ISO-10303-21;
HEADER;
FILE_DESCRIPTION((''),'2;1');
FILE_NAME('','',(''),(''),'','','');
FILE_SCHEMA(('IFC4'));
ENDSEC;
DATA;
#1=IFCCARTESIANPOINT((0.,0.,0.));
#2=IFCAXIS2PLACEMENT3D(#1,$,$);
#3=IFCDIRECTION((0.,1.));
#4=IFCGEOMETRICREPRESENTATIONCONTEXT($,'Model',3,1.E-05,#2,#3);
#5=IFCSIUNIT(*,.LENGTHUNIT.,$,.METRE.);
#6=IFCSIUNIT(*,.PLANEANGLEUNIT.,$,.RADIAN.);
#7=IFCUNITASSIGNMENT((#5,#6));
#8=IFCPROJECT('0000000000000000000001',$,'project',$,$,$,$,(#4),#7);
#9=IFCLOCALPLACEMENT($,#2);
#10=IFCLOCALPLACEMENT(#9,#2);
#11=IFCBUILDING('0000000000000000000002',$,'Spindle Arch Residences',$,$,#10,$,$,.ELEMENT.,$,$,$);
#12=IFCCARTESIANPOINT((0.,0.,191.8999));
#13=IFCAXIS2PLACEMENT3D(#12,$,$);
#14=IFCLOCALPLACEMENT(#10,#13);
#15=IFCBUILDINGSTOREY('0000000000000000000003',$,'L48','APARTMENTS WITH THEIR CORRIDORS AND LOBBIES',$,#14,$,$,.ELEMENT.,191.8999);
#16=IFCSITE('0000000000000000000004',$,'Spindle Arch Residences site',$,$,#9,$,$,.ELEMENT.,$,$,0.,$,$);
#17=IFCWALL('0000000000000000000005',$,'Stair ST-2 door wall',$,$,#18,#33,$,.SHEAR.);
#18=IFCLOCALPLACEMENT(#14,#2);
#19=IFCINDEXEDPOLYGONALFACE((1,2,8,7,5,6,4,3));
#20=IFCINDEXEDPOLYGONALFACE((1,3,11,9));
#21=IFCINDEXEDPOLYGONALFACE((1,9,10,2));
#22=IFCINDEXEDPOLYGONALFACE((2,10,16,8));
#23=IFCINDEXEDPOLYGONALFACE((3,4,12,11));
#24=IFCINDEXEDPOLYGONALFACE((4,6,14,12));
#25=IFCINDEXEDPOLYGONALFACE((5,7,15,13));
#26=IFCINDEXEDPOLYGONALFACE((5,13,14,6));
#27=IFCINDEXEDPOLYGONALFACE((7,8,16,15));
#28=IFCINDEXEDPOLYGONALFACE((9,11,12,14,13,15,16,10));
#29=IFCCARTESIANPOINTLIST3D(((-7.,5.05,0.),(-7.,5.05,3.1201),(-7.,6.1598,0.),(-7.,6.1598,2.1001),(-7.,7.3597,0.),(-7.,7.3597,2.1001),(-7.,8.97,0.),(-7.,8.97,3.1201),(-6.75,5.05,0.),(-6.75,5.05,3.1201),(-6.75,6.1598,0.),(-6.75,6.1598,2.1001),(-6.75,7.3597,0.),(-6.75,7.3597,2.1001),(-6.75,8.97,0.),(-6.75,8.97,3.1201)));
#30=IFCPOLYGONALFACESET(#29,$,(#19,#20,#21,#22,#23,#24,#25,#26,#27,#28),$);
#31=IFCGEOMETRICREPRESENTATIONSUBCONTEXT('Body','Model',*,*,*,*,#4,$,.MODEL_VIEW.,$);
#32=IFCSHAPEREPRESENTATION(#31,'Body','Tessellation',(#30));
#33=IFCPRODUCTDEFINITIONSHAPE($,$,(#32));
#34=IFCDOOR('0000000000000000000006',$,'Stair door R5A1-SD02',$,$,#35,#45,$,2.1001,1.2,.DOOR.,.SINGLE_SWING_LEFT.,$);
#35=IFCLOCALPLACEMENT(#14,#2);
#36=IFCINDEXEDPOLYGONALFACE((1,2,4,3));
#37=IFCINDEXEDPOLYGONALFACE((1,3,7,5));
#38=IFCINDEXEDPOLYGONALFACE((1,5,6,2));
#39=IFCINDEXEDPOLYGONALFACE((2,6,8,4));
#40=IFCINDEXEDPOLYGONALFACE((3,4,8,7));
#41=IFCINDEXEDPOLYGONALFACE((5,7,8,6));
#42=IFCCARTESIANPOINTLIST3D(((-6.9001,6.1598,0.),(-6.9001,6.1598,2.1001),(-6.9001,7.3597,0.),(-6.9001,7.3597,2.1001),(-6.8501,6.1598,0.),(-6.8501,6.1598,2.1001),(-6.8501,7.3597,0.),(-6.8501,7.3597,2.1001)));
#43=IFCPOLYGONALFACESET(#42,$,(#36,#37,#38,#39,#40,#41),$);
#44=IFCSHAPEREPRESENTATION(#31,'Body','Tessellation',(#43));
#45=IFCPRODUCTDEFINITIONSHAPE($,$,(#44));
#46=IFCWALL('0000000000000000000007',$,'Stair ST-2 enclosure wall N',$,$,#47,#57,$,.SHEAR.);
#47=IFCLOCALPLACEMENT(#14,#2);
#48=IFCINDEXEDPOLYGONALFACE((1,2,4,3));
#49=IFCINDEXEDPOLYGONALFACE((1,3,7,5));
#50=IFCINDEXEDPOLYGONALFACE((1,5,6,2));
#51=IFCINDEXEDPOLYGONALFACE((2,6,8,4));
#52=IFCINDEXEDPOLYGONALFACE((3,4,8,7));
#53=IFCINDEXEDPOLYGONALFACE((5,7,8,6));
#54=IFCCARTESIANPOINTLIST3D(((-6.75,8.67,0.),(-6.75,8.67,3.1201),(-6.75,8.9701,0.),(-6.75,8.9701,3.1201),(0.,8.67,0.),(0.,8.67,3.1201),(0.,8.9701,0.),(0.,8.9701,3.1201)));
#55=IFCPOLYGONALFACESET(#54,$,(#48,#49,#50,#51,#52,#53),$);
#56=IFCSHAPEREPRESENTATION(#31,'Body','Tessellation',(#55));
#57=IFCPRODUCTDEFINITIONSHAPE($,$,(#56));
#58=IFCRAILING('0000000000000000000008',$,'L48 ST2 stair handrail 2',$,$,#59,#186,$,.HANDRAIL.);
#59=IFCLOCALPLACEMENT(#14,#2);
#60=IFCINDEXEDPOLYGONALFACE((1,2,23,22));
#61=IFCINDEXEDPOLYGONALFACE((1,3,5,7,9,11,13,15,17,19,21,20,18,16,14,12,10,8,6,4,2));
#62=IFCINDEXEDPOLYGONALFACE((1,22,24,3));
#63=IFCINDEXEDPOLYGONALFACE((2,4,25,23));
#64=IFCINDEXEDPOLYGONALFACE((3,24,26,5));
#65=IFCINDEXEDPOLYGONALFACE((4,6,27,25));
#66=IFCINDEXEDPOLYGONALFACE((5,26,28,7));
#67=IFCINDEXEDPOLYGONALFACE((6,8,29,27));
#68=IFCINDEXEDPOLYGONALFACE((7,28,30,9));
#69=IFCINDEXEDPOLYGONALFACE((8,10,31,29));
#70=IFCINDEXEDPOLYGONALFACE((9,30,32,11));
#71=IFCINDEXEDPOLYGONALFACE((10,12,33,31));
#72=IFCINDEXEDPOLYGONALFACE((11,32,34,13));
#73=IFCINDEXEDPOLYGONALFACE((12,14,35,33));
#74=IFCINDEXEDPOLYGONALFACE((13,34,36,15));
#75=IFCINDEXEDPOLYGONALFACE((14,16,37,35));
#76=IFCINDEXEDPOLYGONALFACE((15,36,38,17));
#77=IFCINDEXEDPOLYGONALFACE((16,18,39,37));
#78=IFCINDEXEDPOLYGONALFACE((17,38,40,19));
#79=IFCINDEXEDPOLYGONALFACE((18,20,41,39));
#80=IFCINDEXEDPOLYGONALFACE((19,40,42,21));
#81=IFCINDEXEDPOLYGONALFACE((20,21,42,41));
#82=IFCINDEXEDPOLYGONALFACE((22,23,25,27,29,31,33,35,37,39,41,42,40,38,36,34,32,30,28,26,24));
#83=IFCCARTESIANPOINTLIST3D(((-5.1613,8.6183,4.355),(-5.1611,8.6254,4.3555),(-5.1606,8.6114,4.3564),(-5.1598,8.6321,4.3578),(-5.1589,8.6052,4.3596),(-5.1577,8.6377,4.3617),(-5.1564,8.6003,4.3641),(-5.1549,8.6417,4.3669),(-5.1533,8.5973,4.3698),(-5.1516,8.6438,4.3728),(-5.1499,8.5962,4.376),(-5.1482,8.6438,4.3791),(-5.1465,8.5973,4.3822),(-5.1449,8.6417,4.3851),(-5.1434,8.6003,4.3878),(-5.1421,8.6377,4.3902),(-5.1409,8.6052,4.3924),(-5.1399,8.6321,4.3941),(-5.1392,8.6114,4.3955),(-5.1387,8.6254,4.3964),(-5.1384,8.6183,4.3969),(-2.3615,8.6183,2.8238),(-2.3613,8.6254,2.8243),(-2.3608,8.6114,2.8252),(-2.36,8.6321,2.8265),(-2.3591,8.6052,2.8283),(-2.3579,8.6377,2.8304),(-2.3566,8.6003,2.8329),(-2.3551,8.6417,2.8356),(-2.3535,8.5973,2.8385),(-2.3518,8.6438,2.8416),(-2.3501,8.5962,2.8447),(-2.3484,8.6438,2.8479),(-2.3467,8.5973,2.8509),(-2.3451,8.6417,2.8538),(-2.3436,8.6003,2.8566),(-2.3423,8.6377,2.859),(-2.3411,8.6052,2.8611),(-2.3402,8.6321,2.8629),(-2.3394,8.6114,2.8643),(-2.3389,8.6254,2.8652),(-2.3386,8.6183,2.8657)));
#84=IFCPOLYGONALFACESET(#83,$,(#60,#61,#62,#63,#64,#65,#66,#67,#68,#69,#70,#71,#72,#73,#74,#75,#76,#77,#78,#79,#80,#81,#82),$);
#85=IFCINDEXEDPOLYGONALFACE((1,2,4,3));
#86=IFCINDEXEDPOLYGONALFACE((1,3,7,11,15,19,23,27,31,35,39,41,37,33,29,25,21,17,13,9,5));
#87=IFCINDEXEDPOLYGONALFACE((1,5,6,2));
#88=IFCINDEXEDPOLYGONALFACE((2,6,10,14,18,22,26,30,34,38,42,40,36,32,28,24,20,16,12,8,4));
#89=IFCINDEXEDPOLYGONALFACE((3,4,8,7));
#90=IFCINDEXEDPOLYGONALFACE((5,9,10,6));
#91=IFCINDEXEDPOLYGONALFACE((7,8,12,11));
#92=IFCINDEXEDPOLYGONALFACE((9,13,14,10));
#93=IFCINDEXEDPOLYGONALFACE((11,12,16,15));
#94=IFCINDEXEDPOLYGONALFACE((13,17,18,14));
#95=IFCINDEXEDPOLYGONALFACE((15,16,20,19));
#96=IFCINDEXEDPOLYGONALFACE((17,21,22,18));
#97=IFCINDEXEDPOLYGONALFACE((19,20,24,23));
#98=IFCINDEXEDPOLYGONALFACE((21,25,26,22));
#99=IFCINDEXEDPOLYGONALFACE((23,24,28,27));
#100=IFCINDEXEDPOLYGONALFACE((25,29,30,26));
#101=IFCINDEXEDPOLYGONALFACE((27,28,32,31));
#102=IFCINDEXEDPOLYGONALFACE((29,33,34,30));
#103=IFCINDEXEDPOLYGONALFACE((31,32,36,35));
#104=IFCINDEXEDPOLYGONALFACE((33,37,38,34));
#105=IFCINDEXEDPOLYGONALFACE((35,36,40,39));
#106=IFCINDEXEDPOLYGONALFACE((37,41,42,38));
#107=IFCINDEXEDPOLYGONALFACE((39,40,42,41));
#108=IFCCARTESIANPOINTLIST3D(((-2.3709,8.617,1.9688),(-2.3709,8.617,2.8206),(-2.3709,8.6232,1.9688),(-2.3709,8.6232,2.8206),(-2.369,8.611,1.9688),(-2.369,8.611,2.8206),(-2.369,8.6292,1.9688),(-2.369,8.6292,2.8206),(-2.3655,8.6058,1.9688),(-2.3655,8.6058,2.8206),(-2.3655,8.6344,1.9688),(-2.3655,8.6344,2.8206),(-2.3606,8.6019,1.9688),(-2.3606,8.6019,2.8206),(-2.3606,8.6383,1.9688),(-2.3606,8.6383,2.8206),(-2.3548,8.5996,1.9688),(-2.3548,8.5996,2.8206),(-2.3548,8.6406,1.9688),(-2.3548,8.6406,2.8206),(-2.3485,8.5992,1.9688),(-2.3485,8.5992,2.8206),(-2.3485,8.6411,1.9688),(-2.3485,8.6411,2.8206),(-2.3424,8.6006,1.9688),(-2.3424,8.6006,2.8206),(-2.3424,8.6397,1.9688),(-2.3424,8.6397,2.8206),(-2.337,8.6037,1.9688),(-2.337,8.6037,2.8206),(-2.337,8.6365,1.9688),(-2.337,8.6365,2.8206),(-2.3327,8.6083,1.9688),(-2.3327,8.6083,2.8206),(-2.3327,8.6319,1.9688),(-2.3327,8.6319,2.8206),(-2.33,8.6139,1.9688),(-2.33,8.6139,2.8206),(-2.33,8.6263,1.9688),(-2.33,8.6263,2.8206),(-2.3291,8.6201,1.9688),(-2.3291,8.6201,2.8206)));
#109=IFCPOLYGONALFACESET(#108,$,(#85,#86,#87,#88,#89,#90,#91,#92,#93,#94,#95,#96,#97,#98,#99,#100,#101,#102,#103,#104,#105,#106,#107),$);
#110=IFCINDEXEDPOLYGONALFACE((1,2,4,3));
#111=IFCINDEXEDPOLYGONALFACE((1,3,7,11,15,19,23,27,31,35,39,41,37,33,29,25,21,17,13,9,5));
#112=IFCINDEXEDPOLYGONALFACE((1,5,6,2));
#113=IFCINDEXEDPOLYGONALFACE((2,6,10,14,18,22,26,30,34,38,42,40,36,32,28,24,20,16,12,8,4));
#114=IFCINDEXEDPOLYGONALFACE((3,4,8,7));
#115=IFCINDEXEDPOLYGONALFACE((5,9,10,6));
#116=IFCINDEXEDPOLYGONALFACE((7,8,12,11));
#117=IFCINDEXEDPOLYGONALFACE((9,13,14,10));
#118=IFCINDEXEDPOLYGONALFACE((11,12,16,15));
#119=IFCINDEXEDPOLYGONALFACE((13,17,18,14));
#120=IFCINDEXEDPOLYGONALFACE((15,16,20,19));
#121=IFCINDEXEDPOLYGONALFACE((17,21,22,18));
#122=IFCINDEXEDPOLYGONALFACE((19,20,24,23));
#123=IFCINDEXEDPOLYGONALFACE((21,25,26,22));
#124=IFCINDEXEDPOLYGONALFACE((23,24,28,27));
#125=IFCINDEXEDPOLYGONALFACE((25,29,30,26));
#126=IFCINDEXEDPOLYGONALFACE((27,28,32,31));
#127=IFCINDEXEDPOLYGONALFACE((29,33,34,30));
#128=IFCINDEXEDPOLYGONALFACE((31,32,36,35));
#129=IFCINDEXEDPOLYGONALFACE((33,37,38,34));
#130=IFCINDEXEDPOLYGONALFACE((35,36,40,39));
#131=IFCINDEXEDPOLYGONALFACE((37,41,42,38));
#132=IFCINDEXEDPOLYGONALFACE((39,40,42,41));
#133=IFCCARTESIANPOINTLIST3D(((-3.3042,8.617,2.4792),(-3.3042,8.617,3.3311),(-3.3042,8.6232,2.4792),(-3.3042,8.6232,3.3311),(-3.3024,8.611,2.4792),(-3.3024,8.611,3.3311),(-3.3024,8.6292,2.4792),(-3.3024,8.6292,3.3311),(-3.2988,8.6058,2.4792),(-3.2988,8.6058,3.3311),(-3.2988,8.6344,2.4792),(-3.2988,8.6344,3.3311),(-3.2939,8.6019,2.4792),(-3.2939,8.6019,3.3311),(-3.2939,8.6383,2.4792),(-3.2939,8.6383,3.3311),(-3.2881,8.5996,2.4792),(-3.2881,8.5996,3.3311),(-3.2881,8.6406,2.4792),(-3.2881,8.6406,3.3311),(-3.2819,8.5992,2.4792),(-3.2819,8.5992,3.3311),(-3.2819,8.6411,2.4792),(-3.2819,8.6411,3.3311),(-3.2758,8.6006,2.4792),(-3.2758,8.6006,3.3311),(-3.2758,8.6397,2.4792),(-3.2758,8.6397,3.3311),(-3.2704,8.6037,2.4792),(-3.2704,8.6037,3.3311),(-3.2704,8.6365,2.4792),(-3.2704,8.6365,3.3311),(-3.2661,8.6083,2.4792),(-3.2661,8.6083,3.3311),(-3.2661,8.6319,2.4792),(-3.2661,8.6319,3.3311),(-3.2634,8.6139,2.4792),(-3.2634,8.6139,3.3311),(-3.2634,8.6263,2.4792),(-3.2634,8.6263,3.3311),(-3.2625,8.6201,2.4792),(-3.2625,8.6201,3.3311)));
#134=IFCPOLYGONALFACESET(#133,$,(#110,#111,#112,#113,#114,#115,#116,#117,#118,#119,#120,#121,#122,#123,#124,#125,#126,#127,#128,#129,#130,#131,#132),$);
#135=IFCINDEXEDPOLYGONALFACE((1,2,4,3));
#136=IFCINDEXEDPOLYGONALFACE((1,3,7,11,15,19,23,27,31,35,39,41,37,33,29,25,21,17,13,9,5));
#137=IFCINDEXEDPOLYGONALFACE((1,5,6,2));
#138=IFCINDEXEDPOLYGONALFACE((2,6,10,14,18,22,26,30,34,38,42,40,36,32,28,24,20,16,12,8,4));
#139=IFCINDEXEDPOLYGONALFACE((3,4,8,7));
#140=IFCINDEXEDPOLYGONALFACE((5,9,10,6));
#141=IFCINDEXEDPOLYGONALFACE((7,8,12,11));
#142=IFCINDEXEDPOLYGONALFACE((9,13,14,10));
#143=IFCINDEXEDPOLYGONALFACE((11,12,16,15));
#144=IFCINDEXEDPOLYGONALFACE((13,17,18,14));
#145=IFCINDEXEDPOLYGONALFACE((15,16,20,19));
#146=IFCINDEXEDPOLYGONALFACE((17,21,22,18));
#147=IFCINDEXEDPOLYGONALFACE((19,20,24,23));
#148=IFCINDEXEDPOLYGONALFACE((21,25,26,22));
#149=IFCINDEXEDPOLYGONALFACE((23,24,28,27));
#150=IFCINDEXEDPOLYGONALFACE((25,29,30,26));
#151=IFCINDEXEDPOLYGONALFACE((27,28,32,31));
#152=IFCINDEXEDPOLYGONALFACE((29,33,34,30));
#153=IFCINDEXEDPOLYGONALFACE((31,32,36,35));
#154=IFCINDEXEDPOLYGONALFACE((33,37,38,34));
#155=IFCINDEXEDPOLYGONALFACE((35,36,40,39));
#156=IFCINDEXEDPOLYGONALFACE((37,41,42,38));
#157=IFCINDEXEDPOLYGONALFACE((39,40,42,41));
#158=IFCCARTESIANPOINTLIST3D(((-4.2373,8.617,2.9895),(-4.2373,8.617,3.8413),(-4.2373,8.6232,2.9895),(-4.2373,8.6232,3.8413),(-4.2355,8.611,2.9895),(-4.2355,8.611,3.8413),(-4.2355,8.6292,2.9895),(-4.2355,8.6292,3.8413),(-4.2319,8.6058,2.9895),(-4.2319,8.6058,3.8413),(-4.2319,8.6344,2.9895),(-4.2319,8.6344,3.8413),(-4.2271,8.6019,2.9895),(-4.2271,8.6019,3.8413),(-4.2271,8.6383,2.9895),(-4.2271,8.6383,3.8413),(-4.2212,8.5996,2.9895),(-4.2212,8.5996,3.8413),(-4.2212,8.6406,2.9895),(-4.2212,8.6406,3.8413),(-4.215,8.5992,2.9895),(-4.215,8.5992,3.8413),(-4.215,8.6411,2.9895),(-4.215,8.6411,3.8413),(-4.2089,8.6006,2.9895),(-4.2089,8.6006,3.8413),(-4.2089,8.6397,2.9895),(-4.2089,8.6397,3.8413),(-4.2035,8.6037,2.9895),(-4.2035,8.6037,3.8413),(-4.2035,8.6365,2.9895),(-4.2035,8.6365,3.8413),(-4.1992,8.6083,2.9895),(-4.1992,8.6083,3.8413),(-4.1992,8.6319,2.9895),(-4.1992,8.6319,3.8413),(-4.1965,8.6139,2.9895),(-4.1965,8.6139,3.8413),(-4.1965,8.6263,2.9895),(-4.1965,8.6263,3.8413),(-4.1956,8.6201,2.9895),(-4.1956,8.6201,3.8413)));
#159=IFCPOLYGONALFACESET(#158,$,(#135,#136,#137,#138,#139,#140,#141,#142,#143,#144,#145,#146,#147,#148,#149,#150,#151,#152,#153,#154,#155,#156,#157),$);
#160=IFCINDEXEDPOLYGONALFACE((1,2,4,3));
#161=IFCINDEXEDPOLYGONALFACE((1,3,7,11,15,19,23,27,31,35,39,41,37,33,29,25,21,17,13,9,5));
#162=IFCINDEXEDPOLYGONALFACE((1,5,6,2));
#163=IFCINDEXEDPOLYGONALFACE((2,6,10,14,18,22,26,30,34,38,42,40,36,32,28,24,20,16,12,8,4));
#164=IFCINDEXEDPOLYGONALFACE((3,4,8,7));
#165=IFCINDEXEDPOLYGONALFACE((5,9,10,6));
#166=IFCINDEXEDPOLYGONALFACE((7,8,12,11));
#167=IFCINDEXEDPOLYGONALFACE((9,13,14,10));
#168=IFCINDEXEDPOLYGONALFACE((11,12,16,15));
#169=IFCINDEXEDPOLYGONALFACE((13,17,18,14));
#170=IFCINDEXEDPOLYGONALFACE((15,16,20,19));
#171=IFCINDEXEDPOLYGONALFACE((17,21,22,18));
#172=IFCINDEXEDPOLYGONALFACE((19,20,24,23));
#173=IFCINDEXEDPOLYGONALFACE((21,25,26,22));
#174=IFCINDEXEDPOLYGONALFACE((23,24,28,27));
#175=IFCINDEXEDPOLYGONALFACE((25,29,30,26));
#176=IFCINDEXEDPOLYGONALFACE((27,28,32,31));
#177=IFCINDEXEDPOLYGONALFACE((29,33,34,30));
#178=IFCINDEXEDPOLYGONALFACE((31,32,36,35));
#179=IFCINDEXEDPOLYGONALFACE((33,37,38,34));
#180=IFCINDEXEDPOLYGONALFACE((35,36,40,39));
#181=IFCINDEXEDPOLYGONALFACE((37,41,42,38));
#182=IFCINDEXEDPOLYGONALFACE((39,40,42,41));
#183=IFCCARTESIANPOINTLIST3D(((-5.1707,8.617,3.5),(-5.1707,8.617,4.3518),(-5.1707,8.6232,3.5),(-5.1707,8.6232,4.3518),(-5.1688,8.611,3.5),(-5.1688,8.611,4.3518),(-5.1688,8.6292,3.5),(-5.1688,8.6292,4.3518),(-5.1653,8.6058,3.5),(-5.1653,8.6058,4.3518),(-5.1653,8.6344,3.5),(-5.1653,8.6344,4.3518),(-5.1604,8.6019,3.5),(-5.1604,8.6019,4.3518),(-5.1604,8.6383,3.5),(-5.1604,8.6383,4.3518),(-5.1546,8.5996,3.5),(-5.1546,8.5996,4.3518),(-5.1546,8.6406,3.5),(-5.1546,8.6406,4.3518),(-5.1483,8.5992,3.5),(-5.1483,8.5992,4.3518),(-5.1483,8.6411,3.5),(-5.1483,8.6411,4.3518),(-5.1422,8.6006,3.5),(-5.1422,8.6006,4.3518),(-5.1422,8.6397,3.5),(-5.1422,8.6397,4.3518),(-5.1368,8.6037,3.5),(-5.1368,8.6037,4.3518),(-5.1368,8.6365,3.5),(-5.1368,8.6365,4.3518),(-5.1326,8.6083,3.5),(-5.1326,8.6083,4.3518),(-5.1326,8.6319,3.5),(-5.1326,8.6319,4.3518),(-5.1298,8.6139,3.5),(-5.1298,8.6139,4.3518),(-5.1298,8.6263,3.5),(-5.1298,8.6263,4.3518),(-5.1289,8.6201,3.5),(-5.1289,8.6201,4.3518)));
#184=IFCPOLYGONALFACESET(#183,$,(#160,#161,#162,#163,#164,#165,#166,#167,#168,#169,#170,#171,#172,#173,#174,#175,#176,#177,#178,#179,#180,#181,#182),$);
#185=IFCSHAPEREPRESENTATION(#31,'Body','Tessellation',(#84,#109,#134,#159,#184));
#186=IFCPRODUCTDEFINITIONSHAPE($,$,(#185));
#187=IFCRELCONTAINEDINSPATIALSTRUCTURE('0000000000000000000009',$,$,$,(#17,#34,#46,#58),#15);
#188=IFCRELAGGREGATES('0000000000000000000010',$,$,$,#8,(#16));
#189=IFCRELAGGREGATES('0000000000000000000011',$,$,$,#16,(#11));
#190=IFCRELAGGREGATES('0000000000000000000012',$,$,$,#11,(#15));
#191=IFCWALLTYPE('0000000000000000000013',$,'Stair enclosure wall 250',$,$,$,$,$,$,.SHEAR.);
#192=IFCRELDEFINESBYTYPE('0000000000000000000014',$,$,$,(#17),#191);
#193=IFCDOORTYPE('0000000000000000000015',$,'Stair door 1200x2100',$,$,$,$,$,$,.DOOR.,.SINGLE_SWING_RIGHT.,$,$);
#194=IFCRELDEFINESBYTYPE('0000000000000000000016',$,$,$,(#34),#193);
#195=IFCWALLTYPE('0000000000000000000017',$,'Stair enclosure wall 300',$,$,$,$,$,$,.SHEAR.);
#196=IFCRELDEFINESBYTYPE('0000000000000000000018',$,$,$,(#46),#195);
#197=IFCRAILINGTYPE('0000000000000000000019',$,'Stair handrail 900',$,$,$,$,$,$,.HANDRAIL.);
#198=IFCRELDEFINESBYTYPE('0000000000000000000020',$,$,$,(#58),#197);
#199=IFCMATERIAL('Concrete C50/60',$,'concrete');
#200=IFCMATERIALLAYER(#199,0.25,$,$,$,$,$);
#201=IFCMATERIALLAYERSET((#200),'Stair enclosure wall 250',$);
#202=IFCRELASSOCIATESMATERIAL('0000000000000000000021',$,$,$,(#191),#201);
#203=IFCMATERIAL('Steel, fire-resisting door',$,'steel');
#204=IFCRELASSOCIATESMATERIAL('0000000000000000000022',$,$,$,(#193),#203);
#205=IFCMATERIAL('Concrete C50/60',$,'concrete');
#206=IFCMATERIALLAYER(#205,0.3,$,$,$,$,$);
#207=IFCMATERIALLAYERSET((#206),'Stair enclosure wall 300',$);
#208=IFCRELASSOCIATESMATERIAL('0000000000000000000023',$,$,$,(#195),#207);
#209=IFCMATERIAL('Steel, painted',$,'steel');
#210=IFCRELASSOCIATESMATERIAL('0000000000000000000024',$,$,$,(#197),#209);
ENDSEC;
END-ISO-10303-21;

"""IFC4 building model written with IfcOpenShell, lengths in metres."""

from ifc_helpers import new_model, si_unit, direction, frame, frame_2d, origin, origin_2d, place, context, subcontext, project, spatial, rectangle, circle, extrude, material, layer, layer_set, type_object, element, fill, save


model = new_model("IFC4")

# Units and contexts
model_context = context("Model", 3, precision=1e-05, world=origin(), true_north=direction((0.0, 1.0)))
body_context = subcontext(model_context, "Body", "Model", "MODEL_VIEW")
ifc_project = project(units=[si_unit("LENGTHUNIT", "METRE"), si_unit("PLANEANGLEUNIT", "RADIAN")], contexts=[model_context])

# Site, building, storey
site_placement = place(None, origin())
site = spatial("IfcSite", under=ifc_project, at=site_placement, Name="Spindle Arch Residences site", CompositionType="ELEMENT", RefElevation=0.0)
building_placement = place(site_placement, origin())
building = spatial("IfcBuilding", under=site, at=building_placement, Name="Spindle Arch Residences", CompositionType="ELEMENT")
storey_placement = place(building_placement, frame((0.0, 0.0, 191.8999)))
storey = spatial("IfcBuildingStorey", under=building, at=storey_placement, Name="L48", Description="APARTMENTS WITH THEIR CORRIDORS AND LOBBIES", CompositionType="ELEMENT", Elevation=191.8999)

# Wall, opening, door
ifc_material_1 = material(Name="Concrete C50/60", Category="concrete")
ifc_layer_1 = layer(ifc_material_1, 0.25)
ifc_layer_set_1 = layer_set([ifc_layer_1], Name="Stair enclosure wall 250")
wall_type_1 = type_object("IfcWallType", Name="Stair enclosure wall 250", PredefinedType="SHEAR", material=ifc_layer_set_1)
wall_1_placement = place(storey_placement, frame((-6.875, 8.97, 0.0), z_axis=(0.0, 0.0, 1.0), x_axis=(0.0, -1.0, 0.0)))
wall_1 = element("IfcWall", 1, at=wall_1_placement, inside=storey, type_object=wall_type_1, Name="Stair ST-2 door wall", PredefinedType="SHEAR", context=body_context, shape_type="SweptSolid", body=[
    extrude(rectangle(XDim=3.9199, YDim=0.25, at=frame_2d((1.96, 0.0))), origin(), (0.0, 0.0, 1.0), 3.1201),
])
opening_1_placement = place(wall_1_placement, frame((1.6101, 0.0, 0.0)))
opening_1 = element("IfcOpeningElement", 2, at=opening_1_placement, cuts=wall_1, PredefinedType="OPENING", context=body_context, shape_type="SweptSolid", body=[
    extrude(rectangle(XDim=1.2, YDim=2.1001, at=frame_2d((0.6001, 1.05))), frame((0.0, 0.135, 0.0), z_axis=(0.0, -1.0, 0.0), x_axis=(1.0, 0.0, 0.0)), (0.0, 0.0, 1.0), 0.27),
])
ifc_material_2 = material(Name="Steel, fire-resisting door", Category="steel")
door_type_1 = type_object("IfcDoorType", Name="Stair door 1200x2100", OperationType="SINGLE_SWING_RIGHT", PredefinedType="DOOR", material=ifc_material_2)
door_1_placement = place(opening_1_placement, origin())
door_1 = element("IfcDoor", 3, at=door_1_placement, inside=storey, type_object=door_type_1, Name="Stair door R5A1-SD02", OperationType="SINGLE_SWING_LEFT", OverallHeight=2.1001, OverallWidth=1.2, PredefinedType="DOOR", context=body_context, shape_type="SweptSolid", body=[
    extrude(rectangle(XDim=1.2, YDim=2.1001, at=frame_2d((0.6001, 1.05))), frame((0.0, 0.0249, 0.0), z_axis=(0.0, -1.0, 0.0), x_axis=(1.0, 0.0, 0.0)), (0.0, 0.0, 1.0), 0.05),
])
fill(opening_1, door_1)

# Wall
ifc_material_3 = material(Name="Concrete C50/60", Category="concrete")
ifc_layer_2 = layer(ifc_material_3, 0.3)
ifc_layer_set_2 = layer_set([ifc_layer_2], Name="Stair enclosure wall 300")
wall_type_2 = type_object("IfcWallType", Name="Stair enclosure wall 300", PredefinedType="SHEAR", material=ifc_layer_set_2)
wall_2_placement = place(storey_placement, frame((-6.75, 8.8201, 0.0), z_axis=(0.0, 0.0, 1.0), x_axis=(1.0, 0.0, 0.0)))
element("IfcWall", 4, at=wall_2_placement, inside=storey, type_object=wall_type_2, Name="Stair ST-2 enclosure wall N", PredefinedType="SHEAR", context=body_context, shape_type="SweptSolid", body=[
    extrude(rectangle(XDim=6.75, YDim=0.3, at=frame_2d((3.375, 0.0))), origin(), (0.0, 0.0, 1.0), 3.1201),
])

# Railing
ifc_material_4 = material(Name="Steel, painted", Category="steel")
railing_type = type_object("IfcRailingType", Name="Stair handrail 900", PredefinedType="HANDRAIL", material=ifc_material_4)
railing_placement = place(storey_placement, frame((-2.3501, 8.6201, 1.9688)))
element("IfcRailing", 5, at=railing_placement, inside=storey, type_object=railing_type, Name="L48 ST2 stair handrail 2", PredefinedType="HANDRAIL", context=body_context, shape_type="SweptSolid", body=[
    extrude(circle(Radius=0.0239, at=origin_2d()), frame((0.0, 0.0, 0.876), z_axis=(-0.877357, 0.0, 0.479838), x_axis=(0.0, -1.0, 0.0)), (0.0, 0.0, 1.0), 3.1912),
    extrude(circle(Radius=0.021, at=origin_2d()), origin(), (0.0, 0.0, 1.0), 0.8518),
    extrude(circle(Radius=0.021, at=origin_2d()), frame((-0.9333, 0.0, 0.5105)), (0.0, 0.0, 1.0), 0.8518),
    extrude(circle(Radius=0.021, at=origin_2d()), frame((-1.8665, 0.0, 1.0208)), (0.0, 0.0, 1.0), 0.8518),
    extrude(circle(Radius=0.021, at=origin_2d()), frame((-2.7998, 0.0, 1.5312)), (0.0, 0.0, 1.0), 0.8518),
])

save(model, "model.ifc")
